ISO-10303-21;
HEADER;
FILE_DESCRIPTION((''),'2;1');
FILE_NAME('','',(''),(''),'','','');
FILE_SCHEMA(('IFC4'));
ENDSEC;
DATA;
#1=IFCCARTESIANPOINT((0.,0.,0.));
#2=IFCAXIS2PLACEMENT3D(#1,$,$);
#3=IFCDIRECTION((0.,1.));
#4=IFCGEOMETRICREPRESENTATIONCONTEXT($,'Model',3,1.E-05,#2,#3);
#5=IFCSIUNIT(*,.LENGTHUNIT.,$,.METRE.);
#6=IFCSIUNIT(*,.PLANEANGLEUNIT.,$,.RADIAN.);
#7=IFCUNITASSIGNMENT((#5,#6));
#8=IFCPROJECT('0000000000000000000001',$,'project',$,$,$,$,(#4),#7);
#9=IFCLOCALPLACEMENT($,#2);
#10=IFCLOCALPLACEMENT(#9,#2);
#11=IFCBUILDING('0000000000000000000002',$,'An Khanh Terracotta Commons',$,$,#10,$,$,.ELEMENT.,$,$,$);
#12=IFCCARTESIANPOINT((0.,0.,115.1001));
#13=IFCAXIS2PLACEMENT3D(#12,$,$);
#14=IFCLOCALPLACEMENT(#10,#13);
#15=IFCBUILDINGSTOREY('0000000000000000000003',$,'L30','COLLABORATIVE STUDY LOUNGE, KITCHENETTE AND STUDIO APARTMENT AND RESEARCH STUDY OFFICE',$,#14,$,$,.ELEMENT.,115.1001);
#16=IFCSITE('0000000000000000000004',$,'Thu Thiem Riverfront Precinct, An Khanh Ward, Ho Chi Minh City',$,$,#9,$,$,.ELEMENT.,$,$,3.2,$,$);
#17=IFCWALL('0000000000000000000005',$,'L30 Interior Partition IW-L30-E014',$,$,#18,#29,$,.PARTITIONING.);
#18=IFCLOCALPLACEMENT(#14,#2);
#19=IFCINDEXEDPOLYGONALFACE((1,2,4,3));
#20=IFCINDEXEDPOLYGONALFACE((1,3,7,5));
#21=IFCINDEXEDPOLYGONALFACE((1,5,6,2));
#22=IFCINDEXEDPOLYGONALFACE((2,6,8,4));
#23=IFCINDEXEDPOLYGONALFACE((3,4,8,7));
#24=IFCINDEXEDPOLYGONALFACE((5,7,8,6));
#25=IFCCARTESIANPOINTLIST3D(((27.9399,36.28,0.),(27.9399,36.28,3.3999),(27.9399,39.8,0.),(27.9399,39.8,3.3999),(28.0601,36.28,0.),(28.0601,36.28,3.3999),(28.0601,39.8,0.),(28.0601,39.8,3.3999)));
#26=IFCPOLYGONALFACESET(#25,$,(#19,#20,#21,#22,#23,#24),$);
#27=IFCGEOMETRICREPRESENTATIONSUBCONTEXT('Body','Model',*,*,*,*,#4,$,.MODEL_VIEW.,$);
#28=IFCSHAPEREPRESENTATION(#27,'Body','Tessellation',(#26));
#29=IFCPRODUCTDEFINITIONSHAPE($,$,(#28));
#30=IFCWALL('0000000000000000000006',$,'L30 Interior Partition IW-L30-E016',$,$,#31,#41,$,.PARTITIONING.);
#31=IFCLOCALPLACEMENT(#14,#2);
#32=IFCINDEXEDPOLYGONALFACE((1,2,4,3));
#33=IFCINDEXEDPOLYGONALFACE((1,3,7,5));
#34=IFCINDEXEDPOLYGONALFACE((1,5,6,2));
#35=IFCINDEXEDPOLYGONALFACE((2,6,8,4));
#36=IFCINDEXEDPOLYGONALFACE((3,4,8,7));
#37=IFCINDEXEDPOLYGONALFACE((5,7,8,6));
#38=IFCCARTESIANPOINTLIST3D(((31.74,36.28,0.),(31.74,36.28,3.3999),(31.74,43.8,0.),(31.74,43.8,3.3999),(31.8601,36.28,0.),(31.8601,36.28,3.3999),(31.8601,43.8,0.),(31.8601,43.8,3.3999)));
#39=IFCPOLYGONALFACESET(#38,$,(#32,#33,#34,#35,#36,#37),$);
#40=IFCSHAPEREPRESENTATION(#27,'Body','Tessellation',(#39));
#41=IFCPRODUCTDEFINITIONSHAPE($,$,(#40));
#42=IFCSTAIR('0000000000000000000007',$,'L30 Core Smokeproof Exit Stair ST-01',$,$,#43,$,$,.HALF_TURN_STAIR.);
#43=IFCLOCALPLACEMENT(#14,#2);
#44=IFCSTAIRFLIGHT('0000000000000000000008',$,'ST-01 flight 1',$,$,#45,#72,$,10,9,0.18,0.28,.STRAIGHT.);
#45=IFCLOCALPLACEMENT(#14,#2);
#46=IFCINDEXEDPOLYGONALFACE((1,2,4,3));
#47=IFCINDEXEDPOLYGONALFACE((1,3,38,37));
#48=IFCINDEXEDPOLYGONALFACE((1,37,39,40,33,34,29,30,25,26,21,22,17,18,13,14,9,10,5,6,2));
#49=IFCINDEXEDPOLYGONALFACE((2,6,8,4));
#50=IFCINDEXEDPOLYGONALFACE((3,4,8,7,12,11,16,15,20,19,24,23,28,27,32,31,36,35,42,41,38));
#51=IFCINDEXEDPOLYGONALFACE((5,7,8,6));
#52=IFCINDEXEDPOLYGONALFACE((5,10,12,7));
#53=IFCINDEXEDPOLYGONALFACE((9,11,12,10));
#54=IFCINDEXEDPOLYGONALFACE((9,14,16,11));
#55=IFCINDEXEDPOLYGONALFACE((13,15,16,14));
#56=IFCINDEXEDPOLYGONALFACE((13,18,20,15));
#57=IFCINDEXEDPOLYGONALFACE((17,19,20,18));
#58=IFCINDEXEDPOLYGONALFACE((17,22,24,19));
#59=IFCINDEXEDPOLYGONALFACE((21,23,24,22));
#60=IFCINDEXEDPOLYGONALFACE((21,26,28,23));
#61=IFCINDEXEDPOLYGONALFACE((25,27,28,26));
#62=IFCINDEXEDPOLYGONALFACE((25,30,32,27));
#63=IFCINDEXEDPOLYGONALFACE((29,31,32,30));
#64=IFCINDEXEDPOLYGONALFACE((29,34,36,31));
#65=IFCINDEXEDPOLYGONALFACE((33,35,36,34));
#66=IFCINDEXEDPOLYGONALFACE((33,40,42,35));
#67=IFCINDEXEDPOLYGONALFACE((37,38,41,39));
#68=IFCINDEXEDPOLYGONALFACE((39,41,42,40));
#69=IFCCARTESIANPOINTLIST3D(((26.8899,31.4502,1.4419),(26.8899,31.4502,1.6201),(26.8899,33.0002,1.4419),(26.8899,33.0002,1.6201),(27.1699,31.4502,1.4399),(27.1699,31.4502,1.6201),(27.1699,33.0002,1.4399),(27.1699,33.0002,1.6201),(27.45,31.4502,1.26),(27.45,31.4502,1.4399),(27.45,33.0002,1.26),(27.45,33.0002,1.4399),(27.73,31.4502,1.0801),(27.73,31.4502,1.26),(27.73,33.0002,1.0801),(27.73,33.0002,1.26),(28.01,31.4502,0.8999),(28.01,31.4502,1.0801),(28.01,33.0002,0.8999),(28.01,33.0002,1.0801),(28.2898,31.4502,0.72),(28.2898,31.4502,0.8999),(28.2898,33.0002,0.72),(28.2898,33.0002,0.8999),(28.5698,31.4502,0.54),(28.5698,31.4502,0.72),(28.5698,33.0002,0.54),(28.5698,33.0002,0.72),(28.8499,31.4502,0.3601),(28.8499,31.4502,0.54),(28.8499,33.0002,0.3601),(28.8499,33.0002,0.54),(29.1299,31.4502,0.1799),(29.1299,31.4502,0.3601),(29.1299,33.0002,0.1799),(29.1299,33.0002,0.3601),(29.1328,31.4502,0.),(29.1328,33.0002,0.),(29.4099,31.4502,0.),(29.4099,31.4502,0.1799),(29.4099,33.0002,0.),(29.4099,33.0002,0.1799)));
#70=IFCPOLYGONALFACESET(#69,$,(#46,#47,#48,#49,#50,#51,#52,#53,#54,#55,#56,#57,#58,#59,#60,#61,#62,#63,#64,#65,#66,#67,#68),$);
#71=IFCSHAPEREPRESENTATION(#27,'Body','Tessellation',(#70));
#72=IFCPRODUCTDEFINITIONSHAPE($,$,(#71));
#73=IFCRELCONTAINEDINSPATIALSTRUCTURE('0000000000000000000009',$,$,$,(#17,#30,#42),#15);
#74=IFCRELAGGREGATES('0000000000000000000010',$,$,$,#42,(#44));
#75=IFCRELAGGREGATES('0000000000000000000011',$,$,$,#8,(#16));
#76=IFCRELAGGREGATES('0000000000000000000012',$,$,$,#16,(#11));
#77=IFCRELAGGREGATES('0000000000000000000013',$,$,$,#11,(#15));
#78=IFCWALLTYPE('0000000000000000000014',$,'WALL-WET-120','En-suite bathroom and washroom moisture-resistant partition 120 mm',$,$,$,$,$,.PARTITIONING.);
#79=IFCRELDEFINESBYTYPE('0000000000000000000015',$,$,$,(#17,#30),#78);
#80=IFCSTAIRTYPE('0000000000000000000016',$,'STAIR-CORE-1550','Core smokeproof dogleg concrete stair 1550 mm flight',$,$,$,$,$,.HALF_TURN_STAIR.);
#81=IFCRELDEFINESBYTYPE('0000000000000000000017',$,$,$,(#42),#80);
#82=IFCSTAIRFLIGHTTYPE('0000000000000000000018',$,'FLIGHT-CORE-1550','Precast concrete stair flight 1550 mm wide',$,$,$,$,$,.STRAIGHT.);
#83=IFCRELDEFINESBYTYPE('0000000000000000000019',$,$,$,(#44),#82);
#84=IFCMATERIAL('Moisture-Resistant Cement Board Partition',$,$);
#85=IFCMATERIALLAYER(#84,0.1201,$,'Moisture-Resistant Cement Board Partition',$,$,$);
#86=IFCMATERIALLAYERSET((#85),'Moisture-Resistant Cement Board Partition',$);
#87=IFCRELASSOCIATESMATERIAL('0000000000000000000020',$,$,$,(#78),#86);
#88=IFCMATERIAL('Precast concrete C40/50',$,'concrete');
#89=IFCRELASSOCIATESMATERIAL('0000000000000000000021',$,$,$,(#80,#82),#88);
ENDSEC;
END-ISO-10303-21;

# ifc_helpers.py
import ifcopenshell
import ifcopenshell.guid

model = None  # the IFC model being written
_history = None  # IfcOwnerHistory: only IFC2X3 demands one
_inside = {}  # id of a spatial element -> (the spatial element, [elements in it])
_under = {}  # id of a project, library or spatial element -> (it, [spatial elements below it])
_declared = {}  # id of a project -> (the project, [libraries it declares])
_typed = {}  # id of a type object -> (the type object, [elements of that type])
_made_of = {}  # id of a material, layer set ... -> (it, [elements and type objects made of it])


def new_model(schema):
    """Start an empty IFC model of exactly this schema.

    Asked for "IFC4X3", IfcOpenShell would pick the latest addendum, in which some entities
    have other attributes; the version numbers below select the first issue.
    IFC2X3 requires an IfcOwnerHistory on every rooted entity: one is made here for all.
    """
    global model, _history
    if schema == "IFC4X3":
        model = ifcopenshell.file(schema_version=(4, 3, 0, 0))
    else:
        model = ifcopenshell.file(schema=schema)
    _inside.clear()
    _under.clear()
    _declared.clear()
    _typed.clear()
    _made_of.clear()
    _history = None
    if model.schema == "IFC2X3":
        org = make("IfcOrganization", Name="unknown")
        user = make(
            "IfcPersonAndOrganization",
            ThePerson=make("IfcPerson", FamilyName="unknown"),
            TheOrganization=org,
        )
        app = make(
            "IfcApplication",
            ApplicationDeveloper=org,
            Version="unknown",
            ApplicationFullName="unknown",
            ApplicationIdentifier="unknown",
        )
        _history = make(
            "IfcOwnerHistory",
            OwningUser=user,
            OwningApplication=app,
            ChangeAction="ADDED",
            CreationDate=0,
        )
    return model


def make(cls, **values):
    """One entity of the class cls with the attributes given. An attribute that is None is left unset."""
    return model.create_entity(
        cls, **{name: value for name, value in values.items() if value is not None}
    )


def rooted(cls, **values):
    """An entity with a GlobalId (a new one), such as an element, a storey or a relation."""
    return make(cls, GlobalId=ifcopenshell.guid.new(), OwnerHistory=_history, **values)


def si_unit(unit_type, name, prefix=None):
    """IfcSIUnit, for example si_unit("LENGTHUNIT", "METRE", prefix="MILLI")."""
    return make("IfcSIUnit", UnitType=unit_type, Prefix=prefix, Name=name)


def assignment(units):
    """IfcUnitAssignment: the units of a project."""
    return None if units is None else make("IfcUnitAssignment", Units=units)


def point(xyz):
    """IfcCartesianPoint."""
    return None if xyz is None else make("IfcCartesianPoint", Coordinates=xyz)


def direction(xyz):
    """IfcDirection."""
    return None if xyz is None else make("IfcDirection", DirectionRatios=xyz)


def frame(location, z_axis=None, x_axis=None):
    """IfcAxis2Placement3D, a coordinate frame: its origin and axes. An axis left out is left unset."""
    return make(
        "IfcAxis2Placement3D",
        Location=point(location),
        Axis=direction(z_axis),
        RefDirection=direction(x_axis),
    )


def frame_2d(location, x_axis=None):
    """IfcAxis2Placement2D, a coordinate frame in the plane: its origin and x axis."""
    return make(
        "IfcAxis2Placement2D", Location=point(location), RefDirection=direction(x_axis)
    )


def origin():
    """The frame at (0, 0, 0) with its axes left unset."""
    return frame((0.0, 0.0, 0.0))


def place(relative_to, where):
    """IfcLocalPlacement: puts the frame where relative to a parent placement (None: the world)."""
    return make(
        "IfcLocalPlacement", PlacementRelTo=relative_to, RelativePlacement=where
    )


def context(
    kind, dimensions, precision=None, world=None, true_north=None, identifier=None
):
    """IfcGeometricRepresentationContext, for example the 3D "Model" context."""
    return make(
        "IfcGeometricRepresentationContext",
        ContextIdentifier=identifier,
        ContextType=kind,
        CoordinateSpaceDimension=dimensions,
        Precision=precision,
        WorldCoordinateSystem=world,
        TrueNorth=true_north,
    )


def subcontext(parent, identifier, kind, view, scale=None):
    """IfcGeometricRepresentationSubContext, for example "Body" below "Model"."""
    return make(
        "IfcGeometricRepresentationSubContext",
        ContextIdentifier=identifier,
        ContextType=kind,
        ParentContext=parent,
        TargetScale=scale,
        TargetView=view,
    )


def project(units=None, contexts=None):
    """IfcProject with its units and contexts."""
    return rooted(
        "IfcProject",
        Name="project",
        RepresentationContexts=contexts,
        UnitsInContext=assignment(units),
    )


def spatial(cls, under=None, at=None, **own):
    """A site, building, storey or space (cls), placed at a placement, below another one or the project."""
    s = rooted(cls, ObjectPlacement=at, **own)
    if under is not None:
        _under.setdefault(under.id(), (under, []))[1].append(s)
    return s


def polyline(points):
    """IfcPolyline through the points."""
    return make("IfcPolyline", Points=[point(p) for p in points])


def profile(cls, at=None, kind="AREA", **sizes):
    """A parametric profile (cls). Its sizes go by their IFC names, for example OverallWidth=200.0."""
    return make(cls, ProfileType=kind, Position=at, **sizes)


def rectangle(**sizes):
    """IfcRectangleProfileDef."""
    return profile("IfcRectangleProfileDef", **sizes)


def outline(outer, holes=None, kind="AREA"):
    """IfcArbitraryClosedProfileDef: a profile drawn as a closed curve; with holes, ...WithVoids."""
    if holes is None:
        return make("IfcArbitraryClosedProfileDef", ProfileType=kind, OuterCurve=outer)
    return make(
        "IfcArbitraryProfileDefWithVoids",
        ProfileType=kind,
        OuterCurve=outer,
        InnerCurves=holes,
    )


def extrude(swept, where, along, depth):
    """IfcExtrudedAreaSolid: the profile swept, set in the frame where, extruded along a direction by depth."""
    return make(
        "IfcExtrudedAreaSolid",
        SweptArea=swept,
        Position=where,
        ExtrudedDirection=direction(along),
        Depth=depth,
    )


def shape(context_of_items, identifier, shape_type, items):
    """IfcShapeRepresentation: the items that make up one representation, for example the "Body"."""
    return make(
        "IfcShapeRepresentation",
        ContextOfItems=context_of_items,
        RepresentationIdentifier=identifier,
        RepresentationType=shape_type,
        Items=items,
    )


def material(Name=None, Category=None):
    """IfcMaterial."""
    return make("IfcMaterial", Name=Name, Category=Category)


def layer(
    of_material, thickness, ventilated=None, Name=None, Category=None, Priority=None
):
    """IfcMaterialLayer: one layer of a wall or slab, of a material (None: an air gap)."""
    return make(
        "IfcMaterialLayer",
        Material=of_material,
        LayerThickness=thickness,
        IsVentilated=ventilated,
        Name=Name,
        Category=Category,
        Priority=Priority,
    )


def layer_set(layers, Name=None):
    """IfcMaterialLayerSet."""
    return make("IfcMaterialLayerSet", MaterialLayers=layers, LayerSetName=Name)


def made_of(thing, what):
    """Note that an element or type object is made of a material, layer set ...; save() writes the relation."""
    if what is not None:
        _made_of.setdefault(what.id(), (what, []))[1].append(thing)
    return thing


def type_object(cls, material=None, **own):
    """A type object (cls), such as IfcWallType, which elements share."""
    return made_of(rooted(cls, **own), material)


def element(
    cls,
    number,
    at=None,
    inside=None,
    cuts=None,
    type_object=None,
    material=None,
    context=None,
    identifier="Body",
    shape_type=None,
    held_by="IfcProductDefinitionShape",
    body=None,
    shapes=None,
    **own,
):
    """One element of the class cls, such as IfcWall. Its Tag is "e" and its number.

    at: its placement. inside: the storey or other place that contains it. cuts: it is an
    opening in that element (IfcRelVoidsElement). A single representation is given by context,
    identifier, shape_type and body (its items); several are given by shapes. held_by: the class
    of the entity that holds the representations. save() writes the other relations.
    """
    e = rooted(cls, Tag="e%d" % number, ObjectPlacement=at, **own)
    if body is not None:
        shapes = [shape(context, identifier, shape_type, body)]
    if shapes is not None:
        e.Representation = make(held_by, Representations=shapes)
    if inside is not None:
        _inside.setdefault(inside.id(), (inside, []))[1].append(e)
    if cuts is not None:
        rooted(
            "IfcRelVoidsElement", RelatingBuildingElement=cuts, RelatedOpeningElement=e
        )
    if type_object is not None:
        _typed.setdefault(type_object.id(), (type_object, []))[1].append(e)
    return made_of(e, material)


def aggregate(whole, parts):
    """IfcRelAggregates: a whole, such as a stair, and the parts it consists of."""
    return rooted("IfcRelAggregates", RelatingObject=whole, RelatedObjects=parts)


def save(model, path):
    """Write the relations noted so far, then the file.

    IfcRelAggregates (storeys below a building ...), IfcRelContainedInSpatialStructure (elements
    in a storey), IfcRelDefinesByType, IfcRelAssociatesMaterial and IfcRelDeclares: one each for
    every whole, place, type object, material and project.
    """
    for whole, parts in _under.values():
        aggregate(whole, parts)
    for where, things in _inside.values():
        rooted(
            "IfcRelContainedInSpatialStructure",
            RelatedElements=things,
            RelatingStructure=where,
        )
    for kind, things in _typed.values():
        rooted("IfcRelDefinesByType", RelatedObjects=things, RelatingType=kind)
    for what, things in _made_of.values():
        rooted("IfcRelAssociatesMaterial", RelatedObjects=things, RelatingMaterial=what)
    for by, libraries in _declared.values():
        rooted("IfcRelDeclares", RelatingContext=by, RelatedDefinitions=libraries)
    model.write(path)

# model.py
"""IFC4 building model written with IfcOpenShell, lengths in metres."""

from ifc_helpers import new_model, si_unit, direction, frame, frame_2d, origin, place, context, subcontext, project, spatial, polyline, rectangle, outline, extrude, material, layer, layer_set, type_object, element, aggregate, save


model = new_model("IFC4")

# Units and contexts
model_context = context("Model", 3, precision=1e-05, world=origin(), true_north=direction((0.0, 1.0)))
body_context = subcontext(model_context, "Body", "Model", "MODEL_VIEW")
ifc_project = project(units=[si_unit("LENGTHUNIT", "METRE"), si_unit("PLANEANGLEUNIT", "RADIAN")], contexts=[model_context])

# Site, building, storey
site_placement = place(None, origin())
site = spatial("IfcSite", under=ifc_project, at=site_placement, Name="Thu Thiem Riverfront Precinct, An Khanh Ward, Ho Chi Minh City", CompositionType="ELEMENT", RefElevation=3.2)
building_placement = place(site_placement, origin())
building = spatial("IfcBuilding", under=site, at=building_placement, Name="An Khanh Terracotta Commons", CompositionType="ELEMENT")
storey_placement = place(building_placement, frame((0.0, 0.0, 115.1001)))
storey = spatial("IfcBuildingStorey", under=building, at=storey_placement, Name="L30", Description="COLLABORATIVE STUDY LOUNGE, KITCHENETTE AND STUDIO APARTMENT AND RESEARCH STUDY OFFICE", CompositionType="ELEMENT", Elevation=115.1001)

# Walls
ifc_material_1 = material(Name="Moisture-Resistant Cement Board Partition")
ifc_layer_1 = layer(ifc_material_1, 0.1201, Name="Moisture-Resistant Cement Board Partition")
ifc_layer_set_1 = layer_set([ifc_layer_1], Name="Moisture-Resistant Cement Board Partition")
wall_type_1 = type_object("IfcWallType", Name="WALL-WET-120", Description="En-suite bathroom and washroom moisture-resistant partition 120 mm", PredefinedType="PARTITIONING", material=ifc_layer_set_1)
wall_1_placement = place(storey_placement, frame((28.0, 36.28, 0.0), z_axis=(0.0, 0.0, 1.0), x_axis=(0.0, 1.0, 0.0)))
element("IfcWall", 1, at=wall_1_placement, inside=storey, type_object=wall_type_1, Name="L30 Interior Partition IW-L30-E014", PredefinedType="PARTITIONING", context=body_context, shape_type="SweptSolid", body=[
    extrude(rectangle(XDim=3.52, YDim=0.1201, at=frame_2d((1.76, 0.0))), origin(), (0.0, 0.0, 1.0), 3.3999),
])
wall_2_placement = place(storey_placement, frame((31.8, 36.28, 0.0), z_axis=(0.0, 0.0, 1.0), x_axis=(0.0, 1.0, 0.0)))
element("IfcWall", 2, at=wall_2_placement, inside=storey, type_object=wall_type_1, Name="L30 Interior Partition IW-L30-E016", PredefinedType="PARTITIONING", context=body_context, shape_type="SweptSolid", body=[
    extrude(rectangle(XDim=7.52, YDim=0.1201, at=frame_2d((3.76, 0.0))), origin(), (0.0, 0.0, 1.0), 3.3999),
])

# Stair, stair flight
ifc_material_2 = material(Name="Precast concrete C40/50", Category="concrete")
stair_type = type_object("IfcStairType", Name="STAIR-CORE-1550", Description="Core smokeproof dogleg concrete stair 1550 mm flight", PredefinedType="HALF_TURN_STAIR", material=ifc_material_2)
stair_placement = place(storey_placement, origin())
stair = element("IfcStair", 3, at=stair_placement, inside=storey, type_object=stair_type, Name="L30 Core Smokeproof Exit Stair ST-01", PredefinedType="HALF_TURN_STAIR")
stair_flight_type = type_object("IfcStairFlightType", Name="FLIGHT-CORE-1550", Description="Precast concrete stair flight 1550 mm wide", PredefinedType="STRAIGHT", material=ifc_material_2)
stair_flight_placement = place(storey_placement, frame((29.4099, 32.2251, 0.0), z_axis=(0.0, 0.0, 1.0), x_axis=(-1.0, 0.0, 0.0)))
stair_flight = element("IfcStairFlight", 4, at=stair_flight_placement, type_object=stair_flight_type, Name="ST-01 flight 1", NumberOfRisers=10, NumberOfTreads=9, PredefinedType="STRAIGHT", RiserHeight=0.18, TreadLength=0.28, context=body_context, shape_type="SweptSolid", body=[
    extrude(outline(polyline([(0.0, 0.0), (0.0, 0.1799), (0.28, 0.1799), (0.28, 0.3601), (0.5601, 0.3601), (0.5601, 0.54), (0.8401, 0.54), (0.8401, 0.72), (1.1201, 0.72), (1.1201, 0.8999), (1.3999, 0.8999), (1.3999, 1.0801), (1.6799, 1.0801), (1.6799, 1.26), (1.96, 1.26), (1.96, 1.4399), (2.24, 1.4399), (2.24, 1.6201), (2.52, 1.6201), (2.52, 1.8), (2.52, 1.4419), (0.2771, 0.0), (0.0, 0.0)])), frame((0.0, 0.7749, 0.0), z_axis=(0.0, -1.0, 0.0), x_axis=(1.0, 0.0, 0.0)), (0.0, 0.0, 1.0), 1.55),
])
aggregate(stair, [stair_flight])

save(model, "model.ifc")
